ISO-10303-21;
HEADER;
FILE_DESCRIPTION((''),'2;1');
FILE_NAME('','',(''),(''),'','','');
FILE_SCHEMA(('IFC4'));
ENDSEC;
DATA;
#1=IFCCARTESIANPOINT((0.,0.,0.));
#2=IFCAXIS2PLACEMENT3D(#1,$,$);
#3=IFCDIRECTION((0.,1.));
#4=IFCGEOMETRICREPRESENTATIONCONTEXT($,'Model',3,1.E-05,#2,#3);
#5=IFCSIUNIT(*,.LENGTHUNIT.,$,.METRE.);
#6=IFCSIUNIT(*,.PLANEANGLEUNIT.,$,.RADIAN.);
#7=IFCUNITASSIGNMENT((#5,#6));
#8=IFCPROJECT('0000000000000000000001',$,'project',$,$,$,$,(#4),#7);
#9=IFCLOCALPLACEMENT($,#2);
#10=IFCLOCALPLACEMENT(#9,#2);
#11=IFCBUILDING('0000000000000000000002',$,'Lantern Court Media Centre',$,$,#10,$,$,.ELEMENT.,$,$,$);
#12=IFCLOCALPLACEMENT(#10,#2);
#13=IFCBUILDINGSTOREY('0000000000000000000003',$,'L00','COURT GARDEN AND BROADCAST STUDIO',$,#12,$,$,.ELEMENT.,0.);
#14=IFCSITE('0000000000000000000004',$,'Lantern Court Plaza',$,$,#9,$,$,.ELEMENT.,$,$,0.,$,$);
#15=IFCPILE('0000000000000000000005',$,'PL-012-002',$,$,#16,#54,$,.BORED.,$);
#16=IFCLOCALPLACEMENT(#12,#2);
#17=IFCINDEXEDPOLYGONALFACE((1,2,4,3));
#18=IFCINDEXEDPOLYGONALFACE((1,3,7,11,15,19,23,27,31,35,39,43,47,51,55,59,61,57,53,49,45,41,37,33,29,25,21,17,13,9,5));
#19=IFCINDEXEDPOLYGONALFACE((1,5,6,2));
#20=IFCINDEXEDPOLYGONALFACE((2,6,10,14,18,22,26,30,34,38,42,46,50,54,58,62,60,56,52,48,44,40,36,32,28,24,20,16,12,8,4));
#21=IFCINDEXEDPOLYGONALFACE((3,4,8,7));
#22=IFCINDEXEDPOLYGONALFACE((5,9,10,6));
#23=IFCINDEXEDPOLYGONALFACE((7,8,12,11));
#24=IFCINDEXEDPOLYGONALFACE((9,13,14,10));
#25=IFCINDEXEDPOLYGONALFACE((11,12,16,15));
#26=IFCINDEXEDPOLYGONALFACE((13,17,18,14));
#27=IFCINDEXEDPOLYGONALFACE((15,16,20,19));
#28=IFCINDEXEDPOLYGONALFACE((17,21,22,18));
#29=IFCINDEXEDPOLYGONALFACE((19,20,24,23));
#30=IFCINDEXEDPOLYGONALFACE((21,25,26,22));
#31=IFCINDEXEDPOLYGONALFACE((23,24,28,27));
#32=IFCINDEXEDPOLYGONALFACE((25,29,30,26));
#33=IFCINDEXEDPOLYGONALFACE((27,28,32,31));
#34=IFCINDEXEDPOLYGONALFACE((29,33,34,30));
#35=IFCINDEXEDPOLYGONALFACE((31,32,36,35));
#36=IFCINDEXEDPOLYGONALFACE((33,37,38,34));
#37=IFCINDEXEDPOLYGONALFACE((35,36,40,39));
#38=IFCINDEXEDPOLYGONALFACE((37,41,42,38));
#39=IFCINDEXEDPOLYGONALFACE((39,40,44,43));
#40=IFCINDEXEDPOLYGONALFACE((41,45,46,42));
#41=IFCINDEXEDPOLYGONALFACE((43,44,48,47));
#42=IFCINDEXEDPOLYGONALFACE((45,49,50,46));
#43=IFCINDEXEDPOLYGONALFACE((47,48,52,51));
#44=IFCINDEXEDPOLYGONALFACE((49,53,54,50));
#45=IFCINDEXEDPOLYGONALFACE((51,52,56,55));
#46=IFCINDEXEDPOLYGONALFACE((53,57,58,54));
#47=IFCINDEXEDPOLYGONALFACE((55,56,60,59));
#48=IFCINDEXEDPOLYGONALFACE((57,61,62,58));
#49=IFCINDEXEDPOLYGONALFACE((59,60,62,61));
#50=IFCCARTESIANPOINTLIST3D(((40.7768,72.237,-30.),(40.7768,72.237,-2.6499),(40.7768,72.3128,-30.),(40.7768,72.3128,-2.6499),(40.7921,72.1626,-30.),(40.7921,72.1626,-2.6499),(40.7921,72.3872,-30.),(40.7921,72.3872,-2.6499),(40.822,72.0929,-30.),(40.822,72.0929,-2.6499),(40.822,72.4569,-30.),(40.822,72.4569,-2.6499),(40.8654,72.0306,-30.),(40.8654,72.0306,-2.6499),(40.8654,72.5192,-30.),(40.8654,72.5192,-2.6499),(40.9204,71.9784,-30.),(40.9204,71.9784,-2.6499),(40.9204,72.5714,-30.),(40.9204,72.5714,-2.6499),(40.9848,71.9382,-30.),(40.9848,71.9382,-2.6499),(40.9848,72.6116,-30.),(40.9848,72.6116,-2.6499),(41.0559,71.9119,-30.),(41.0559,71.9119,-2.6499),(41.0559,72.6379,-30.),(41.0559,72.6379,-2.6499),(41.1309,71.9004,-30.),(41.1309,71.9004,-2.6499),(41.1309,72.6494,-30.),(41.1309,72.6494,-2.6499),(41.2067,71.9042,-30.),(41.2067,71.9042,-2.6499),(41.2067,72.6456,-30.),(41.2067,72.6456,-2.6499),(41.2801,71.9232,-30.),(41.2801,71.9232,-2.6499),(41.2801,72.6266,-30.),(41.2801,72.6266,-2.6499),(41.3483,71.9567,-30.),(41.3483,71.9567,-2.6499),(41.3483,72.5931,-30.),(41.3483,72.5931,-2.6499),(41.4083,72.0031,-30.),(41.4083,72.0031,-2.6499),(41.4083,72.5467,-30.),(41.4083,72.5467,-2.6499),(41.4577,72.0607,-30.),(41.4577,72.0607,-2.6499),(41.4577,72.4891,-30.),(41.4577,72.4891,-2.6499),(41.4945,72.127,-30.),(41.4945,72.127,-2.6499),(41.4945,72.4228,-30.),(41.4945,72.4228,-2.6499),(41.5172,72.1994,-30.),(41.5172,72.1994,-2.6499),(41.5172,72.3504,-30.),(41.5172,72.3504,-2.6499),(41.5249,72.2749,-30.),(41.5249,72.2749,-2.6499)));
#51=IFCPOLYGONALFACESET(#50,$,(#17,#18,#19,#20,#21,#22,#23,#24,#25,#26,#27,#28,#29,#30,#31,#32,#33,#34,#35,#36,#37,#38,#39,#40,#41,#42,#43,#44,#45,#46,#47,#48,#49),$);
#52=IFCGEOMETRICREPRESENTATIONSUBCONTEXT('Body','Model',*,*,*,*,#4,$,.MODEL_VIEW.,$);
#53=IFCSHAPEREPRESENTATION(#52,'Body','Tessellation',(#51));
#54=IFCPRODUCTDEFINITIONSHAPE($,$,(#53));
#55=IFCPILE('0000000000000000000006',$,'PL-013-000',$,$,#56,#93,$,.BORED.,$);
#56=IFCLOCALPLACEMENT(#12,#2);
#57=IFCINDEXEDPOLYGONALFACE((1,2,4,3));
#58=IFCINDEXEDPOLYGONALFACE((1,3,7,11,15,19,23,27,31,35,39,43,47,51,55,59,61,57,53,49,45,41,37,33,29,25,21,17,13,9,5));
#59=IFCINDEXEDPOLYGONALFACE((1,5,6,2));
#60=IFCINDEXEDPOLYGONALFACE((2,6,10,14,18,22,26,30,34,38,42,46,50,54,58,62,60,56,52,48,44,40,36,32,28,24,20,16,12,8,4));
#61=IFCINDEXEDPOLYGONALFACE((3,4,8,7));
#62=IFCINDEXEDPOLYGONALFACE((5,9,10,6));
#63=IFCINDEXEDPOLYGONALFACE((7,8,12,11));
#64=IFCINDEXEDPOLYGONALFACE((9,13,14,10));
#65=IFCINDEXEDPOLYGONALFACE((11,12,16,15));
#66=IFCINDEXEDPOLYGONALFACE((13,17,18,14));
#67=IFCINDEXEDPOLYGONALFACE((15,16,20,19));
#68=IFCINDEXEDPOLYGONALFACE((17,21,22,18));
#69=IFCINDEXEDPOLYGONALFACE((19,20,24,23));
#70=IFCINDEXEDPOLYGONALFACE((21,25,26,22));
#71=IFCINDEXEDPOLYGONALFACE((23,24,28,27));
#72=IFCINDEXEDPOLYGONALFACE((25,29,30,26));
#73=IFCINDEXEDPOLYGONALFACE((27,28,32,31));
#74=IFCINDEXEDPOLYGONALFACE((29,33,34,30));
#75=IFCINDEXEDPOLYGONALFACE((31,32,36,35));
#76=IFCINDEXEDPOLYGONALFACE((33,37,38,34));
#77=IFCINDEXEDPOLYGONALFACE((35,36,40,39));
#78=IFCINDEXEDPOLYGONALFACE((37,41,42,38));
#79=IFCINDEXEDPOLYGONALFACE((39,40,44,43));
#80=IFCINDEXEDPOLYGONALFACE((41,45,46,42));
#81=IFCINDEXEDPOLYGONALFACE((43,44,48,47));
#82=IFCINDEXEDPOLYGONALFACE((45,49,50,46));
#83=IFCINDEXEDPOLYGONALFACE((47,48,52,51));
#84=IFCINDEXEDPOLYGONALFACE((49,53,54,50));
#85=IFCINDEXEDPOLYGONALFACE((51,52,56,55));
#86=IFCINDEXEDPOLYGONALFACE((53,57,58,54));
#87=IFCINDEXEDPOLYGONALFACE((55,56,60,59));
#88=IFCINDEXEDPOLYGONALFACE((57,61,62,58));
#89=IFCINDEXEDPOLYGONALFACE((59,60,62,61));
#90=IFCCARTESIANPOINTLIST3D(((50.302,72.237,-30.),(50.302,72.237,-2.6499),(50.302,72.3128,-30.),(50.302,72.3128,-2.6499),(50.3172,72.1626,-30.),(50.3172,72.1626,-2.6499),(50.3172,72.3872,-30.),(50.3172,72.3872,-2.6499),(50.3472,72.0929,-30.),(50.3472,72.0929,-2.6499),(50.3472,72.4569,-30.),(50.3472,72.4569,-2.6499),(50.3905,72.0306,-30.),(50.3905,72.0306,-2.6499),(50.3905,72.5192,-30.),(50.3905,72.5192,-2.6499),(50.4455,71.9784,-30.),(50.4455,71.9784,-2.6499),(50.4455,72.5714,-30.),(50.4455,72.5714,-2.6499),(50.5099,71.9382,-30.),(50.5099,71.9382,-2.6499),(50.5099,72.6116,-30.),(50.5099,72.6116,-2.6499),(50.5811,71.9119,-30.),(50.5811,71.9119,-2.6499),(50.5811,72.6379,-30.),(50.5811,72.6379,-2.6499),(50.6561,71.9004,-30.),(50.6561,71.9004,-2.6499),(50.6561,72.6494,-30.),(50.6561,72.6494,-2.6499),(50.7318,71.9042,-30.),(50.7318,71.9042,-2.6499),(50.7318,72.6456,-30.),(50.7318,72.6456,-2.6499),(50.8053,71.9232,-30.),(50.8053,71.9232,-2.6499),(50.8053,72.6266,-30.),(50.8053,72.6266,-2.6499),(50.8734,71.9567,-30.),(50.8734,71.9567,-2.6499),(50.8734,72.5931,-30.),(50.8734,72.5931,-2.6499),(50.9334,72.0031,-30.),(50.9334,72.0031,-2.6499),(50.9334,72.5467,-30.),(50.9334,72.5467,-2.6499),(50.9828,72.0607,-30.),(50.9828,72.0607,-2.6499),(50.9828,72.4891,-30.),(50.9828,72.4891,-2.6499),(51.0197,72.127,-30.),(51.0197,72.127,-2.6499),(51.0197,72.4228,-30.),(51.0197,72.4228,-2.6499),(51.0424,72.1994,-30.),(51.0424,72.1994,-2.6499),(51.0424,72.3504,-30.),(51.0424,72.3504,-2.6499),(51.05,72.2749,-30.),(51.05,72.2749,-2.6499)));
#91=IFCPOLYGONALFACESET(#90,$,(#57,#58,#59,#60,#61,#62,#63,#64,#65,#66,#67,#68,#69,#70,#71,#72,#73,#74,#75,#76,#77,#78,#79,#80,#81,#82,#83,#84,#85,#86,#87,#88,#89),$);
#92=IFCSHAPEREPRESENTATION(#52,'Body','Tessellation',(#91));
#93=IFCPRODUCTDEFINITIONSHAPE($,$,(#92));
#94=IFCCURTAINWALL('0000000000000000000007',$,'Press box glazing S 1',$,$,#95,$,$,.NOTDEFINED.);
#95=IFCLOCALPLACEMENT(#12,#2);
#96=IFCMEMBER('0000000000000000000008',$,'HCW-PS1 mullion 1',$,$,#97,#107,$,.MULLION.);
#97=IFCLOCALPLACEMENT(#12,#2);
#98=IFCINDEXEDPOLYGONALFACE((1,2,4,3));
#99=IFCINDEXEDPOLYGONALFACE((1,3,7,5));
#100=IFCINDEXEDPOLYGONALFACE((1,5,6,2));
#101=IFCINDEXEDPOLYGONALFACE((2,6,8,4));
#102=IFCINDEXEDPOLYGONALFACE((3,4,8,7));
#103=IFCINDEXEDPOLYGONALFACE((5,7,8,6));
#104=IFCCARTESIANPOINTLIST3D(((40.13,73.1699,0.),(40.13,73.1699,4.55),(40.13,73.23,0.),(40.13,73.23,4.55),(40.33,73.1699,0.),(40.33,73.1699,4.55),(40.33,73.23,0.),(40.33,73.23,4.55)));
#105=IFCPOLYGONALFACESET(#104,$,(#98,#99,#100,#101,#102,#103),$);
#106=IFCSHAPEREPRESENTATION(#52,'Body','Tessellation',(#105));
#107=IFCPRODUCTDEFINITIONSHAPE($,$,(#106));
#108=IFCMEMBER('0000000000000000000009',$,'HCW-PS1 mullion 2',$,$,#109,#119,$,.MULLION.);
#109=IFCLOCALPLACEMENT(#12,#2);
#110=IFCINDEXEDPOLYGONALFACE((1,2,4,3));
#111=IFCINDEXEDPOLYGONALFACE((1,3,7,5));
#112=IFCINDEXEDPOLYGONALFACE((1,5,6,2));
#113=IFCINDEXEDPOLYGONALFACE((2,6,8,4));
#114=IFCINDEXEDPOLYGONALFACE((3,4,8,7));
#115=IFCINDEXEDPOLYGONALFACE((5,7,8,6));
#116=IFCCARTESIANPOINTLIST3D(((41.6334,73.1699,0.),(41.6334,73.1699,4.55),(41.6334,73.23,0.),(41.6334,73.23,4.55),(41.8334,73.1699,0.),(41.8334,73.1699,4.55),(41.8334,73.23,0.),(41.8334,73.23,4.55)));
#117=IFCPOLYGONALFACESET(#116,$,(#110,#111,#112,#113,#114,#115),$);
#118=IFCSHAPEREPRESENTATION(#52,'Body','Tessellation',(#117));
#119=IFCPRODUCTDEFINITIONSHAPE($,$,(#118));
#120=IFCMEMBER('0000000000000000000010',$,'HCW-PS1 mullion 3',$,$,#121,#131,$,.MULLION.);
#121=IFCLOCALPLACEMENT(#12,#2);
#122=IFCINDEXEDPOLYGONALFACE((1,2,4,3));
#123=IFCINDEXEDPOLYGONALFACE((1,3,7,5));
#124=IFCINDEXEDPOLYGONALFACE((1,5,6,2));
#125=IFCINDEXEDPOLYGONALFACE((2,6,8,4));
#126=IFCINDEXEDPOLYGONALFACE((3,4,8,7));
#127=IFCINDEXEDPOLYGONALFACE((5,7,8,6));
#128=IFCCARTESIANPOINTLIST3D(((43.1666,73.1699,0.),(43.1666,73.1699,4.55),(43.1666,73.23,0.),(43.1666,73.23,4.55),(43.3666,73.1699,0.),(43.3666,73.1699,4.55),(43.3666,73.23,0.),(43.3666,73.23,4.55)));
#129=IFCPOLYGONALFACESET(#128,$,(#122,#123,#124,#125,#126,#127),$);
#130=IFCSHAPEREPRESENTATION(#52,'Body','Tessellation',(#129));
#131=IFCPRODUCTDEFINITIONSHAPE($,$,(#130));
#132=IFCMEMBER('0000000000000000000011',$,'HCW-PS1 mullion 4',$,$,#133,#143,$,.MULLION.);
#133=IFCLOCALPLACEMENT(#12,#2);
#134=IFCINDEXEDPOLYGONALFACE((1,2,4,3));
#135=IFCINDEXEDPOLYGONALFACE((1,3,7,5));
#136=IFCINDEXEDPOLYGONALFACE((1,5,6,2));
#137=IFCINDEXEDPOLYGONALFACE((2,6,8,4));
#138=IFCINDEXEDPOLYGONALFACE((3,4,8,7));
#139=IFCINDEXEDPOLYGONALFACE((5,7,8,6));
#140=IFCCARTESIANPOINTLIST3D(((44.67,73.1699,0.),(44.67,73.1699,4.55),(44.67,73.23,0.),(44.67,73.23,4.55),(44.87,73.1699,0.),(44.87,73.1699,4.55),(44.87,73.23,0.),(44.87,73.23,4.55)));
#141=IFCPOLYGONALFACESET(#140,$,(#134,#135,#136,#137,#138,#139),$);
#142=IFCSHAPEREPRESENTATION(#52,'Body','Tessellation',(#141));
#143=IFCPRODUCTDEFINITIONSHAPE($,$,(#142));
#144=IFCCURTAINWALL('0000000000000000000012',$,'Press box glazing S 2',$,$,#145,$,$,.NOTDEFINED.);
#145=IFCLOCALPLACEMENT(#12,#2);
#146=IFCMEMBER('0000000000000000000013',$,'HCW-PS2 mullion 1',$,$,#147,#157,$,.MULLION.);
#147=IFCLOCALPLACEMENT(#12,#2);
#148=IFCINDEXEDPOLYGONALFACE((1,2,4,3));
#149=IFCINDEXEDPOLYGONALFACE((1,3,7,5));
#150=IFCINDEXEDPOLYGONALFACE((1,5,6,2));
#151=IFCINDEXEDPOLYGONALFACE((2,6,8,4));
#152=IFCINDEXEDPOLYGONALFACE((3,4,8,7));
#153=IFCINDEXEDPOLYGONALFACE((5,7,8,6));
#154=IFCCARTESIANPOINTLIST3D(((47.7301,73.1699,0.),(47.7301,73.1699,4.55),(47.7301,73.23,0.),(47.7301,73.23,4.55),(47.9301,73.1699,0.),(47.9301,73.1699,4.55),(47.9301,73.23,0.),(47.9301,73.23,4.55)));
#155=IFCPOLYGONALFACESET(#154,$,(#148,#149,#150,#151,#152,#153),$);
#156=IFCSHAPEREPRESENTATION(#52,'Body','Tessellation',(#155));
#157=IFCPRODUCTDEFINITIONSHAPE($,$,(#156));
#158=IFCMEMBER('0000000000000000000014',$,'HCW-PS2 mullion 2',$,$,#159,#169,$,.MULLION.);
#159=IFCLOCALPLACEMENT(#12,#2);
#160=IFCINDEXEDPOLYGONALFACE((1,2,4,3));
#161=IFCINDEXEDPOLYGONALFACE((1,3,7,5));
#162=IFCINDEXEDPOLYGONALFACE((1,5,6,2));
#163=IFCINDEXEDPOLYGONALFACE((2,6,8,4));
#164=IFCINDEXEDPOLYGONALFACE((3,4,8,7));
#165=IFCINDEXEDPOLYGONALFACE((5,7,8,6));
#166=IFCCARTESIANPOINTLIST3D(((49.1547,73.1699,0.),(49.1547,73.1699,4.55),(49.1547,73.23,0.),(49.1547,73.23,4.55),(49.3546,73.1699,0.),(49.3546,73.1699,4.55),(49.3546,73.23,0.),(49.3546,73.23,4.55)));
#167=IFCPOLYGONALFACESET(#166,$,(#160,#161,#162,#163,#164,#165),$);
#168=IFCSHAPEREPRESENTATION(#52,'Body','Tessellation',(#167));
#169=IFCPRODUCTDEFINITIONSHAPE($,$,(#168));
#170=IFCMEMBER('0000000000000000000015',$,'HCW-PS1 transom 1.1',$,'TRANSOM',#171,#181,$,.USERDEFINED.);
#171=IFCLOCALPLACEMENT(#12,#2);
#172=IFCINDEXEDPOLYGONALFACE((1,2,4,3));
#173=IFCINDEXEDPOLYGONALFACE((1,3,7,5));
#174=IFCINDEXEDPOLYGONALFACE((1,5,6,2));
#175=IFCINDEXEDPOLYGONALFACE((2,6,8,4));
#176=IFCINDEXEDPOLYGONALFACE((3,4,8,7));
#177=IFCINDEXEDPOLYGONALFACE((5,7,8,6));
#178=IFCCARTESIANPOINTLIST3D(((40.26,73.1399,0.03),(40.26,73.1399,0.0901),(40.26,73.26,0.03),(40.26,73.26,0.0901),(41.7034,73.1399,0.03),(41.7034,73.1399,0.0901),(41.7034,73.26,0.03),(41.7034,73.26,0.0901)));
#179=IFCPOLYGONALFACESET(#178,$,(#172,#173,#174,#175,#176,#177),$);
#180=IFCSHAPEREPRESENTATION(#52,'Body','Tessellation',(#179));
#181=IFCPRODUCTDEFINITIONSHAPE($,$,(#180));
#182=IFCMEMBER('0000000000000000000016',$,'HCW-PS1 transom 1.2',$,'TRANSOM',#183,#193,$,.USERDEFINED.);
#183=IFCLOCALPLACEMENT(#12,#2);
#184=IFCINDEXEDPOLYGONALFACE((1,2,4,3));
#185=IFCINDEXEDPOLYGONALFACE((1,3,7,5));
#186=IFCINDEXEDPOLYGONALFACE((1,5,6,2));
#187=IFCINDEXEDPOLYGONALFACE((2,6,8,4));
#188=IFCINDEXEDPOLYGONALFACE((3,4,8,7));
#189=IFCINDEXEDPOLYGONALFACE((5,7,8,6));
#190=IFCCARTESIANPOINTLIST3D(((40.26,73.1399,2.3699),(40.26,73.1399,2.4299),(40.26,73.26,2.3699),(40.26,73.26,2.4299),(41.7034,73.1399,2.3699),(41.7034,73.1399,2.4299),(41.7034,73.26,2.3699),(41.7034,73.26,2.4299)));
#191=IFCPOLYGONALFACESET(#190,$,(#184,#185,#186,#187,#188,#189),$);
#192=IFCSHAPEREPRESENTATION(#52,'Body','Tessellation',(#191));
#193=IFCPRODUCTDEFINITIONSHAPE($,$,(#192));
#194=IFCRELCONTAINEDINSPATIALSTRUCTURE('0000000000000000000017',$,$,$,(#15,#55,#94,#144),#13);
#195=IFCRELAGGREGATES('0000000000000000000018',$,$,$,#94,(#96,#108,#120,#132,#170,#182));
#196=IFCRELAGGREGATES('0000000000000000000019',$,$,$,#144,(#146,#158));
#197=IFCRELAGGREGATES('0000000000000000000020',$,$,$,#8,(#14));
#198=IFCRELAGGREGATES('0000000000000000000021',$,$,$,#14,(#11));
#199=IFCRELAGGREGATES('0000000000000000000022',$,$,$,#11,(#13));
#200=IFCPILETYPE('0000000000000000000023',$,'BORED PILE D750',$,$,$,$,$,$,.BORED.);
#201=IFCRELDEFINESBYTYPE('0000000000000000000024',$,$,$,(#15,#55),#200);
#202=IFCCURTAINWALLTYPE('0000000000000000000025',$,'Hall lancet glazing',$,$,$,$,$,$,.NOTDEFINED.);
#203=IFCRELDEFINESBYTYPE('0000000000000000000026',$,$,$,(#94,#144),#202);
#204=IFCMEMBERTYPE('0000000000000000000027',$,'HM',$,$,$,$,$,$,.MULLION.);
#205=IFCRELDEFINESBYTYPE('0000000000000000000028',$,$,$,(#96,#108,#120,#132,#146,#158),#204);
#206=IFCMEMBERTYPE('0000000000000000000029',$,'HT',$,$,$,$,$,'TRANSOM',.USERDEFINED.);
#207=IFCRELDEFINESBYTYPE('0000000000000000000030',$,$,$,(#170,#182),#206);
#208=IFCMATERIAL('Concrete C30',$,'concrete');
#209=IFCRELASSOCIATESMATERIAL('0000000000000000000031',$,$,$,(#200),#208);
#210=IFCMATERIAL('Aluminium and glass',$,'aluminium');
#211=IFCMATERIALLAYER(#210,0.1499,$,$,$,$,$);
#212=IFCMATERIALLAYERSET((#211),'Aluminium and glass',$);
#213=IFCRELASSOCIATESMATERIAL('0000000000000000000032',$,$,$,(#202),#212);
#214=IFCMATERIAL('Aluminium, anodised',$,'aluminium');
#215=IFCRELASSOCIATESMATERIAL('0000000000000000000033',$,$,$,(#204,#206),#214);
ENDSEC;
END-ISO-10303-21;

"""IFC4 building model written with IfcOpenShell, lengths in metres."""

from ifc_helpers import new_model, si_unit, direction, frame, origin, origin_2d, place, context, subcontext, project, spatial, rectangle, circle, extrude, material, layer, layer_set, material_profile, profile_set, type_object, element, aggregate, save


model = new_model("IFC4")

# Units and contexts
model_context = context("Model", 3, precision=1e-05, world=origin(), true_north=direction((0.0, 1.0)))
body_context = subcontext(model_context, "Body", "Model", "MODEL_VIEW")
ifc_project = project(units=[si_unit("LENGTHUNIT", "METRE"), si_unit("PLANEANGLEUNIT", "RADIAN")], contexts=[model_context])

# Site, building, storey
site_placement = place(None, origin())
site = spatial("IfcSite", under=ifc_project, at=site_placement, Name="Lantern Court Plaza", CompositionType="ELEMENT", RefElevation=0.0)
building_placement = place(site_placement, origin())
building = spatial("IfcBuilding", under=site, at=building_placement, Name="Lantern Court Media Centre", CompositionType="ELEMENT")
storey_placement = place(building_placement, origin())
storey = spatial("IfcBuildingStorey", under=building, at=storey_placement, Name="L00", Description="COURT GARDEN AND BROADCAST STUDIO", CompositionType="ELEMENT", Elevation=0.0)

# Piles
ifc_material_1 = material(Name="Concrete C30", Category="concrete")
ifc_material_profile_1 = material_profile(ifc_material_1, circle(Radius=0.375, at=origin_2d()), Name="D750")
ifc_profile_set_1 = profile_set([ifc_material_profile_1], Name="Concrete C30")
pile_type = type_object("IfcPileType", Name="BORED PILE D750", PredefinedType="BORED", material=ifc_profile_set_1)
for number, where, z_axis, x_axis, name in (
    (1, (41.1499, 72.2749, -2.6499), (0.0, 0.0, -1.0), (1.0, 0.0, 0.0), "PL-012-002"),
    (2, (50.675, 72.2749, -2.6499), (0.0, 0.0, -1.0), (1.0, 0.0, 0.0), "PL-013-000"),
):
    element("IfcPile", number, at=place(storey_placement, frame(where, z_axis=z_axis, x_axis=x_axis)), inside=storey, type_object=pile_type, Name=name, PredefinedType="BORED", context=body_context, shape_type="SweptSolid", body=[
        extrude(circle(Radius=0.375, at=origin_2d()), origin(), (0.0, 0.0, 1.0), 27.3501),
    ])

# Curtain walls, members
ifc_material_2 = material(Name="Aluminium and glass", Category="aluminium")
ifc_layer_1 = layer(ifc_material_2, 0.1499)
ifc_layer_set_1 = layer_set([ifc_layer_1], Name="Aluminium and glass")
curtain_wall_type = type_object("IfcCurtainWallType", Name="Hall lancet glazing", PredefinedType="NOTDEFINED", material=ifc_layer_set_1)
curtain_wall_1_placement = place(storey_placement, origin())
curtain_wall_1 = element("IfcCurtainWall", 3, at=curtain_wall_1_placement, inside=storey, type_object=curtain_wall_type, Name="Press box glazing S 1", PredefinedType="NOTDEFINED")
ifc_material_3 = material(Name="Aluminium, anodised", Category="aluminium")
ifc_material_profile_2 = material_profile(ifc_material_3, rectangle(XDim=0.0601, YDim=0.2, at=origin_2d()), Name="HM")
ifc_profile_set_2 = profile_set([ifc_material_profile_2], Name="Aluminium, anodised")
member_type_1 = type_object("IfcMemberType", Name="HM", PredefinedType="MULLION", material=ifc_profile_set_2)
member_1_placement = place(storey_placement, frame((40.23, 73.2, 0.0), z_axis=(0.0, 0.0, 1.0), x_axis=(0.0, 1.0, 0.0)))
member_1 = element("IfcMember", 4, at=member_1_placement, type_object=member_type_1, Name="HCW-PS1 mullion 1", PredefinedType="MULLION", context=body_context, shape_type="SweptSolid", body=[
    extrude(rectangle(XDim=0.0601, YDim=0.2, at=origin_2d()), origin(), (0.0, 0.0, 1.0), 4.55),
])
member_2_placement = place(storey_placement, frame((41.7334, 73.2, 0.0), z_axis=(0.0, 0.0, 1.0), x_axis=(0.0, 1.0, 0.0)))
member_2 = element("IfcMember", 5, at=member_2_placement, type_object=member_type_1, Name="HCW-PS1 mullion 2", PredefinedType="MULLION", context=body_context, shape_type="SweptSolid", body=[
    extrude(rectangle(XDim=0.0601, YDim=0.2, at=origin_2d()), origin(), (0.0, 0.0, 1.0), 4.55),
])
member_3_placement = place(storey_placement, frame((43.2666, 73.2, 0.0), z_axis=(0.0, 0.0, 1.0), x_axis=(0.0, 1.0, 0.0)))
member_3 = element("IfcMember", 6, at=member_3_placement, type_object=member_type_1, Name="HCW-PS1 mullion 3", PredefinedType="MULLION", context=body_context, shape_type="SweptSolid", body=[
    extrude(rectangle(XDim=0.0601, YDim=0.2, at=origin_2d()), origin(), (0.0, 0.0, 1.0), 4.55),
])
member_4_placement = place(storey_placement, frame((44.77, 73.2, 0.0), z_axis=(0.0, 0.0, 1.0), x_axis=(0.0, 1.0, 0.0)))
member_4 = element("IfcMember", 7, at=member_4_placement, type_object=member_type_1, Name="HCW-PS1 mullion 4", PredefinedType="MULLION", context=body_context, shape_type="SweptSolid", body=[
    extrude(rectangle(XDim=0.0601, YDim=0.2, at=origin_2d()), origin(), (0.0, 0.0, 1.0), 4.55),
])
curtain_wall_2_placement = place(storey_placement, origin())
curtain_wall_2 = element("IfcCurtainWall", 8, at=curtain_wall_2_placement, inside=storey, type_object=curtain_wall_type, Name="Press box glazing S 2", PredefinedType="NOTDEFINED")
member_5_placement = place(storey_placement, frame((47.8301, 73.2, 0.0), z_axis=(0.0, 0.0, 1.0), x_axis=(0.0, 1.0, 0.0)))
member_5 = element("IfcMember", 9, at=member_5_placement, type_object=member_type_1, Name="HCW-PS2 mullion 1", PredefinedType="MULLION", context=body_context, shape_type="SweptSolid", body=[
    extrude(rectangle(XDim=0.0601, YDim=0.2, at=origin_2d()), origin(), (0.0, 0.0, 1.0), 4.55),
])
member_6_placement = place(storey_placement, frame((49.2546, 73.2, 0.0), z_axis=(0.0, 0.0, 1.0), x_axis=(0.0, 1.0, 0.0)))
member_6 = element("IfcMember", 10, at=member_6_placement, type_object=member_type_1, Name="HCW-PS2 mullion 2", PredefinedType="MULLION", context=body_context, shape_type="SweptSolid", body=[
    extrude(rectangle(XDim=0.0601, YDim=0.2, at=origin_2d()), origin(), (0.0, 0.0, 1.0), 4.55),
])

# Members
ifc_material_profile_3 = material_profile(ifc_material_3, rectangle(XDim=0.1201, YDim=0.0601, at=origin_2d()), Name="HT")
ifc_profile_set_3 = profile_set([ifc_material_profile_3], Name="Aluminium, anodised")
member_type_2 = type_object("IfcMemberType", Name="HT", ElementType="TRANSOM", PredefinedType="USERDEFINED", material=ifc_profile_set_3)
member_7_placement = place(storey_placement, frame((40.26, 73.2, 0.0601), z_axis=(1.0, 0.0, 0.0), x_axis=(0.0, 1.0, 0.0)))
member_7 = element("IfcMember", 11, at=member_7_placement, type_object=member_type_2, Name="HCW-PS1 transom 1.1", ObjectType="TRANSOM", PredefinedType="USERDEFINED", context=body_context, shape_type="SweptSolid", body=[
    extrude(rectangle(XDim=0.1201, YDim=0.0601, at=origin_2d()), origin(), (0.0, 0.0, 1.0), 1.4434),
])
member_8_placement = place(storey_placement, frame((40.26, 73.2, 2.3999), z_axis=(1.0, 0.0, 0.0), x_axis=(0.0, 1.0, 0.0)))
member_8 = element("IfcMember", 12, at=member_8_placement, type_object=member_type_2, Name="HCW-PS1 transom 1.2", ObjectType="TRANSOM", PredefinedType="USERDEFINED", context=body_context, shape_type="SweptSolid", body=[
    extrude(rectangle(XDim=0.1201, YDim=0.0601, at=origin_2d()), origin(), (0.0, 0.0, 1.0), 1.4434),
])

aggregate(curtain_wall_1, [member_1, member_2, member_3, member_4, member_7, member_8])
aggregate(curtain_wall_2, [member_5, member_6])

save(model, "model.ifc")
